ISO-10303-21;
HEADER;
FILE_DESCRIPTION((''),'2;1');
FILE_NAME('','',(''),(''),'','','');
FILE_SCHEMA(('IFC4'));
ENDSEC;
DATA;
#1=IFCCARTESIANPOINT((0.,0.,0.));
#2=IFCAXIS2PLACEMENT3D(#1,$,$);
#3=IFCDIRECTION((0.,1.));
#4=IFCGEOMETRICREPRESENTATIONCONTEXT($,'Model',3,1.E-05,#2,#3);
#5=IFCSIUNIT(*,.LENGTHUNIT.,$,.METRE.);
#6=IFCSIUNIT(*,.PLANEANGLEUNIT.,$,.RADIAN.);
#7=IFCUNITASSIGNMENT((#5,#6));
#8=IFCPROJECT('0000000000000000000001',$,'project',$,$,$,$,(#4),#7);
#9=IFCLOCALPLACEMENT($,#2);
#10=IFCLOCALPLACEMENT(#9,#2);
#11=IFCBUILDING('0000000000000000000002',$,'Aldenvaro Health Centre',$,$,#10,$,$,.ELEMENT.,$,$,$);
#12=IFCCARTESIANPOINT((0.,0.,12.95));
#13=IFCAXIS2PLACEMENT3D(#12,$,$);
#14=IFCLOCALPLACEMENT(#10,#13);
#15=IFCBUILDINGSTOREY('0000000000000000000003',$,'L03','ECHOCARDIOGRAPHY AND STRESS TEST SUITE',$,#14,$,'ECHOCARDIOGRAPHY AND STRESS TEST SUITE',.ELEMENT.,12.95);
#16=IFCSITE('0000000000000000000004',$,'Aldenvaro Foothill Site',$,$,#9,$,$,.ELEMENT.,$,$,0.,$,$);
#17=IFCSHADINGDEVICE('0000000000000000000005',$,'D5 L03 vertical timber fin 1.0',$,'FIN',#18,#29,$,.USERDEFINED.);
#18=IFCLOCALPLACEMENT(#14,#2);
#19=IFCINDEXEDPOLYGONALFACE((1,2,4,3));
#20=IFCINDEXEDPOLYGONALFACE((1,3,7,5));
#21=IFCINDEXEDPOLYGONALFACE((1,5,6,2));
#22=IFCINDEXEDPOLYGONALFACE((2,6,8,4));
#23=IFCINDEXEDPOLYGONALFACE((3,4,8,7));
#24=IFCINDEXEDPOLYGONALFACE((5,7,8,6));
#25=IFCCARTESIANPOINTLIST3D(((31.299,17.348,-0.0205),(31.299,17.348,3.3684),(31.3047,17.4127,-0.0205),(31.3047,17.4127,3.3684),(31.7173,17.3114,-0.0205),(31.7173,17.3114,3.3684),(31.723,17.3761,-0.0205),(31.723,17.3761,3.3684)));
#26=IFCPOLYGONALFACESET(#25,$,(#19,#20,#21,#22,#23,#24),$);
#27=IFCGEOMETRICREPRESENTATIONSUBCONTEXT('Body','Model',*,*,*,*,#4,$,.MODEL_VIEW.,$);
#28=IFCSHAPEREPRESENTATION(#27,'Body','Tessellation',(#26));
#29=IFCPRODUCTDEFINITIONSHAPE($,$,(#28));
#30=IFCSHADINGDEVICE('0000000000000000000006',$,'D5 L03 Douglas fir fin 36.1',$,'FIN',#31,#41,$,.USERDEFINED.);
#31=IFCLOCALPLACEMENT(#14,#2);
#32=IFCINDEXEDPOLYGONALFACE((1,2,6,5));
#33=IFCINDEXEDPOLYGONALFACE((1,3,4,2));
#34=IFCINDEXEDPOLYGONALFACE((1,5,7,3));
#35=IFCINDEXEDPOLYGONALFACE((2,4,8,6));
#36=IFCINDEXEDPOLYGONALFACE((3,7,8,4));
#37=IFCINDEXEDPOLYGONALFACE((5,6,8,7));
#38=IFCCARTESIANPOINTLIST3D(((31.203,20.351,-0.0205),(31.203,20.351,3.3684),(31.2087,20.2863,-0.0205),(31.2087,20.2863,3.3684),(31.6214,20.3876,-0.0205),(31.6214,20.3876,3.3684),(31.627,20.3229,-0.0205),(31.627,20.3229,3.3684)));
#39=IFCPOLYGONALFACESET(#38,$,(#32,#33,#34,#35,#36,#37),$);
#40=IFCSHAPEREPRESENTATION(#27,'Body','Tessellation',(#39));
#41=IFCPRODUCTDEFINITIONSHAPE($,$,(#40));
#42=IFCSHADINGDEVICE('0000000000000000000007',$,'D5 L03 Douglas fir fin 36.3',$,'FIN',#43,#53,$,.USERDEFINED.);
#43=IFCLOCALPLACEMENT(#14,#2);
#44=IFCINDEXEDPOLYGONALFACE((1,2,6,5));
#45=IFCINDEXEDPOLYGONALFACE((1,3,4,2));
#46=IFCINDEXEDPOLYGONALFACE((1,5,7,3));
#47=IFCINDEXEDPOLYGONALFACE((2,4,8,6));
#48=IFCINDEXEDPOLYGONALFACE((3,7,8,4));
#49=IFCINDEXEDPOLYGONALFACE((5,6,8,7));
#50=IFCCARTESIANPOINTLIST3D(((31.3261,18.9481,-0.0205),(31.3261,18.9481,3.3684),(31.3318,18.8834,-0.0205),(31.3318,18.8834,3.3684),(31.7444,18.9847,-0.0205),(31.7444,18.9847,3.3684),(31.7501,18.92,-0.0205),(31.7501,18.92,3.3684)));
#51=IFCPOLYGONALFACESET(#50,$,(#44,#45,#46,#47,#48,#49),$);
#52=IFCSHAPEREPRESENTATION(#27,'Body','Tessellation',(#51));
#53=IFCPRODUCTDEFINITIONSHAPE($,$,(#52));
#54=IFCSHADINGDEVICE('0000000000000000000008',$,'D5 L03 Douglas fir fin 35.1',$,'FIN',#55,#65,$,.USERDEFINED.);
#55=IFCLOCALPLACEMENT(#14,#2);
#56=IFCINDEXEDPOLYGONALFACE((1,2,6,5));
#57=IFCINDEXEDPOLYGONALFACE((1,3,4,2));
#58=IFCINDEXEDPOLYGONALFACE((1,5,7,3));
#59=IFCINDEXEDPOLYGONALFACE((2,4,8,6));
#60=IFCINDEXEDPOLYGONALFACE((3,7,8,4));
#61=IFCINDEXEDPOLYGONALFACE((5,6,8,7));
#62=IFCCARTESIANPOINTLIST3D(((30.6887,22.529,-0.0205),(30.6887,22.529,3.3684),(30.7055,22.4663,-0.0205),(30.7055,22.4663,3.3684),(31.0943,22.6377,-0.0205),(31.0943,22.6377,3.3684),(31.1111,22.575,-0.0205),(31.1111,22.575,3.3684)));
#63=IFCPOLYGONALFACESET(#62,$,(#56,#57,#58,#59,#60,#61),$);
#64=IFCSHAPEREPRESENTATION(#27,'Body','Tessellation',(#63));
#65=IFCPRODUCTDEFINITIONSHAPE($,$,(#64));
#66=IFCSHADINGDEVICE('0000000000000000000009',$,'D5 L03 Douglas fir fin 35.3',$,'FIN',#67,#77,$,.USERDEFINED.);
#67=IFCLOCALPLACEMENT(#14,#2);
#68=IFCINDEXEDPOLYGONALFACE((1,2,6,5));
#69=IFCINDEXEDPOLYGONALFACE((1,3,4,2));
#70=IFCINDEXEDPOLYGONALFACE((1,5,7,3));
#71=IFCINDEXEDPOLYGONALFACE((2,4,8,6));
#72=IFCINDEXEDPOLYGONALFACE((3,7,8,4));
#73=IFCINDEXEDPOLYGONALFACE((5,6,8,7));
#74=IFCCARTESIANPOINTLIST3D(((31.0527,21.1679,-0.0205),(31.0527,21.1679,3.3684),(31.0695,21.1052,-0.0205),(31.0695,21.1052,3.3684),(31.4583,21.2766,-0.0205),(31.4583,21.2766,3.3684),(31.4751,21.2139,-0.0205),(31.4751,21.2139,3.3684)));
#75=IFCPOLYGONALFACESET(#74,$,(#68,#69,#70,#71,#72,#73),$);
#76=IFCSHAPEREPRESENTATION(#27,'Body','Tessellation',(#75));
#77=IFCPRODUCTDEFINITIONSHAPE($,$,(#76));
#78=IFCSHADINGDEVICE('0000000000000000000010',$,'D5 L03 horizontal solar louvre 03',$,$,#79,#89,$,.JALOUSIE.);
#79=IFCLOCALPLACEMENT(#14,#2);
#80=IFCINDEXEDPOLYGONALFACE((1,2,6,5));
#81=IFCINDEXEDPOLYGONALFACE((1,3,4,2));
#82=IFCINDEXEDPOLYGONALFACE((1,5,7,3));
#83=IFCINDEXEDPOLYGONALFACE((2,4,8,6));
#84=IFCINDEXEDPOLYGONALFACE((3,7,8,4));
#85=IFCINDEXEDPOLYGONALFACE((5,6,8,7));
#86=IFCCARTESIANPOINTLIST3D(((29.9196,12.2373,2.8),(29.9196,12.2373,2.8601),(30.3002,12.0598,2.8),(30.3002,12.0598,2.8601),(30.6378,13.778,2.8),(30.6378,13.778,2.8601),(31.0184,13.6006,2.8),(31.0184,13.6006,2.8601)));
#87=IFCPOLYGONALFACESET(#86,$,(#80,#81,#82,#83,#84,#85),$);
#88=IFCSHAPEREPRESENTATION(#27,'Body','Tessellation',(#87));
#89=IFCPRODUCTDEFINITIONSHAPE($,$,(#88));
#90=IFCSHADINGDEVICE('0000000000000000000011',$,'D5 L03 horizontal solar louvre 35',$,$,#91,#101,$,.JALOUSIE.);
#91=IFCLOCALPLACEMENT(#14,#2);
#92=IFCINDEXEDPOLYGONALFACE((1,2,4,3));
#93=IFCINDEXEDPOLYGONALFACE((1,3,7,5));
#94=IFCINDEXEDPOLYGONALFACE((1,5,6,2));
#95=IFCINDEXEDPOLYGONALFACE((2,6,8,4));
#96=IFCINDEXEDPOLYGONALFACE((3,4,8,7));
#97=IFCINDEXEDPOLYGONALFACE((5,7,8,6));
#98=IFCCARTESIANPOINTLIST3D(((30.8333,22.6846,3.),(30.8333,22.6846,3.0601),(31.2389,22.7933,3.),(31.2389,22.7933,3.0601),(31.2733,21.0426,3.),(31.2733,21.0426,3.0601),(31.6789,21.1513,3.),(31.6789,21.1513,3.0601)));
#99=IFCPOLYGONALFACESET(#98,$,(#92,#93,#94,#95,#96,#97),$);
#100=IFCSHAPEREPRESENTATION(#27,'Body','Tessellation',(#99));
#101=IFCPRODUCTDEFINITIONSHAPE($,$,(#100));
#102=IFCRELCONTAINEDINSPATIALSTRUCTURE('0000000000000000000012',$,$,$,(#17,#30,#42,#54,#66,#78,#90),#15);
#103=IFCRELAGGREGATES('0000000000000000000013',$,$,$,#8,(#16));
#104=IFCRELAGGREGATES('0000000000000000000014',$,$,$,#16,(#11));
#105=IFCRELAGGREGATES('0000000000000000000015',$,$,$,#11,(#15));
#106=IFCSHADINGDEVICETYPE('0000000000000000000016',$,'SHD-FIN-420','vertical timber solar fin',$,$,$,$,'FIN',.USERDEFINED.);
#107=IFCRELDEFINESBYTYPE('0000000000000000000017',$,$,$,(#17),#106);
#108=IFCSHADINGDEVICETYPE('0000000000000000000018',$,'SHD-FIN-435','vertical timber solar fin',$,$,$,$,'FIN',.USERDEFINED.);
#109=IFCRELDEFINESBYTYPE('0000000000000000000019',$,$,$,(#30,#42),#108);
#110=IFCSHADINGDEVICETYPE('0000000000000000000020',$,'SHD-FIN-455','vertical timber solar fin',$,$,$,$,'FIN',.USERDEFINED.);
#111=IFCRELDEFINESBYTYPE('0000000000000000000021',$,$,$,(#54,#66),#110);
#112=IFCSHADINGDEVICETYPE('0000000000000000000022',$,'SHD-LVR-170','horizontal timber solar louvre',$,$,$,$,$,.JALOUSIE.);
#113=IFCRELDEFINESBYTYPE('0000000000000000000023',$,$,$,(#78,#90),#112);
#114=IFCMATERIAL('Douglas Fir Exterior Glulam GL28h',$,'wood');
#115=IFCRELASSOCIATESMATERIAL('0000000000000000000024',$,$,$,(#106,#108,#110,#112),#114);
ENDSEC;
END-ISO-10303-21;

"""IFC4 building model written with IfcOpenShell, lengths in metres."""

from ifc_helpers import new_model, si_unit, direction, frame, origin, origin_2d, place, context, subcontext, project, spatial, rectangle, extrude, material, type_object, element, save


model = new_model("IFC4")

# Units and contexts
model_context = context("Model", 3, precision=1e-05, world=origin(), true_north=direction((0.0, 1.0)))
body_context = subcontext(model_context, "Body", "Model", "MODEL_VIEW")
ifc_project = project(units=[si_unit("LENGTHUNIT", "METRE"), si_unit("PLANEANGLEUNIT", "RADIAN")], contexts=[model_context])

# Site, building, storey
site_placement = place(None, origin())
site = spatial("IfcSite", under=ifc_project, at=site_placement, Name="Aldenvaro Foothill Site", CompositionType="ELEMENT", RefElevation=0.0)
building_placement = place(site_placement, origin())
building = spatial("IfcBuilding", under=site, at=building_placement, Name="Aldenvaro Health Centre", CompositionType="ELEMENT")
storey_placement = place(building_placement, frame((0.0, 0.0, 12.95)))
storey = spatial("IfcBuildingStorey", under=building, at=storey_placement, Name="L03", Description="ECHOCARDIOGRAPHY AND STRESS TEST SUITE", LongName="ECHOCARDIOGRAPHY AND STRESS TEST SUITE", CompositionType="ELEMENT", Elevation=12.95)

# Shading devices
ifc_material_1 = material(Name="Douglas Fir Exterior Glulam GL28h", Category="wood")
shading_device_type_1 = type_object("IfcShadingDeviceType", Name="SHD-FIN-420", Description="vertical timber solar fin", ElementType="FIN", PredefinedType="USERDEFINED", material=ifc_material_1)
shading_device_1_placement = place(storey_placement, frame((31.511, 17.3621, -0.0205), z_axis=(0.0, 0.0, 1.0), x_axis=(-0.087167, -0.996194, 0.0)))
element("IfcShadingDevice", 1, at=shading_device_1_placement, inside=storey, type_object=shading_device_type_1, Name="D5 L03 vertical timber fin 1.0", ObjectType="FIN", PredefinedType="USERDEFINED", context=body_context, shape_type="SweptSolid", body=[
    extrude(rectangle(XDim=0.0649, YDim=0.4199, at=origin_2d()), origin(), (0.0, 0.0, 1.0), 3.3889),
])
shading_device_type_2 = type_object("IfcShadingDeviceType", Name="SHD-FIN-435", Description="vertical timber solar fin", ElementType="FIN", PredefinedType="USERDEFINED", material=ifc_material_1)
for number, where, z_axis, x_axis, name in (
    (2, (31.415, 20.3369, -0.0205), (0.0, 0.0, 1.0), (0.087167, -0.996194, 0.0), "D5 L03 Douglas fir fin 36.1"),
    (3, (31.5381, 18.9341, -0.0205), (0.0, 0.0, 1.0), (0.087167, -0.996194, 0.0), "D5 L03 Douglas fir fin 36.3"),
):
    element("IfcShadingDevice", number, at=place(storey_placement, frame(where, z_axis=z_axis, x_axis=x_axis)), inside=storey, type_object=shading_device_type_2, Name=name, ObjectType="FIN", PredefinedType="USERDEFINED", context=body_context, shape_type="SweptSolid", body=[
        extrude(rectangle(XDim=0.0649, YDim=0.4199, at=origin_2d()), origin(), (0.0, 0.0, 1.0), 3.3889),
    ])
shading_device_type_3 = type_object("IfcShadingDeviceType", Name="SHD-FIN-455", Description="vertical timber solar fin", ElementType="FIN", PredefinedType="USERDEFINED", material=ifc_material_1)
for number, where, z_axis, x_axis, name in (
    (4, (30.8999, 22.552, -0.0205), (0.0, 0.0, 1.0), (0.258825, -0.965924, 0.0), "D5 L03 Douglas fir fin 35.1"),
    (5, (31.2639, 21.1909, -0.0205), (0.0, 0.0, 1.0), (0.258825, -0.965924, 0.0), "D5 L03 Douglas fir fin 35.3"),
):
    element("IfcShadingDevice", number, at=place(storey_placement, frame(where, z_axis=z_axis, x_axis=x_axis)), inside=storey, type_object=shading_device_type_3, Name=name, ObjectType="FIN", PredefinedType="USERDEFINED", context=body_context, shape_type="SweptSolid", body=[
        extrude(rectangle(XDim=0.0649, YDim=0.4199, at=origin_2d()), origin(), (0.0, 0.0, 1.0), 3.3889),
    ])
shading_device_type_4 = type_object("IfcShadingDeviceType", Name="SHD-LVR-170", Description="horizontal timber solar louvre", PredefinedType="JALOUSIE", material=ifc_material_1)
for number, where, z_axis, x_axis, name in (
    (6, (30.469, 12.9189, 2.8), (0.0, 0.0, 1.0), (-0.422496, -0.906365, 0.0), "D5 L03 horizontal solar louvre 03"),
    (7, (31.2561, 21.918, 3.0), (0.0, 0.0, 1.0), (0.258825, -0.965924, 0.0), "D5 L03 horizontal solar louvre 35"),
):
    element("IfcShadingDevice", number, at=place(storey_placement, frame(where, z_axis=z_axis, x_axis=x_axis)), inside=storey, type_object=shading_device_type_4, Name=name, PredefinedType="JALOUSIE", context=body_context, shape_type="SweptSolid", body=[
        extrude(rectangle(XDim=1.7, YDim=0.4199, at=origin_2d()), origin(), (0.0, 0.0, 1.0), 0.0601),
    ])

save(model, "model.ifc")
